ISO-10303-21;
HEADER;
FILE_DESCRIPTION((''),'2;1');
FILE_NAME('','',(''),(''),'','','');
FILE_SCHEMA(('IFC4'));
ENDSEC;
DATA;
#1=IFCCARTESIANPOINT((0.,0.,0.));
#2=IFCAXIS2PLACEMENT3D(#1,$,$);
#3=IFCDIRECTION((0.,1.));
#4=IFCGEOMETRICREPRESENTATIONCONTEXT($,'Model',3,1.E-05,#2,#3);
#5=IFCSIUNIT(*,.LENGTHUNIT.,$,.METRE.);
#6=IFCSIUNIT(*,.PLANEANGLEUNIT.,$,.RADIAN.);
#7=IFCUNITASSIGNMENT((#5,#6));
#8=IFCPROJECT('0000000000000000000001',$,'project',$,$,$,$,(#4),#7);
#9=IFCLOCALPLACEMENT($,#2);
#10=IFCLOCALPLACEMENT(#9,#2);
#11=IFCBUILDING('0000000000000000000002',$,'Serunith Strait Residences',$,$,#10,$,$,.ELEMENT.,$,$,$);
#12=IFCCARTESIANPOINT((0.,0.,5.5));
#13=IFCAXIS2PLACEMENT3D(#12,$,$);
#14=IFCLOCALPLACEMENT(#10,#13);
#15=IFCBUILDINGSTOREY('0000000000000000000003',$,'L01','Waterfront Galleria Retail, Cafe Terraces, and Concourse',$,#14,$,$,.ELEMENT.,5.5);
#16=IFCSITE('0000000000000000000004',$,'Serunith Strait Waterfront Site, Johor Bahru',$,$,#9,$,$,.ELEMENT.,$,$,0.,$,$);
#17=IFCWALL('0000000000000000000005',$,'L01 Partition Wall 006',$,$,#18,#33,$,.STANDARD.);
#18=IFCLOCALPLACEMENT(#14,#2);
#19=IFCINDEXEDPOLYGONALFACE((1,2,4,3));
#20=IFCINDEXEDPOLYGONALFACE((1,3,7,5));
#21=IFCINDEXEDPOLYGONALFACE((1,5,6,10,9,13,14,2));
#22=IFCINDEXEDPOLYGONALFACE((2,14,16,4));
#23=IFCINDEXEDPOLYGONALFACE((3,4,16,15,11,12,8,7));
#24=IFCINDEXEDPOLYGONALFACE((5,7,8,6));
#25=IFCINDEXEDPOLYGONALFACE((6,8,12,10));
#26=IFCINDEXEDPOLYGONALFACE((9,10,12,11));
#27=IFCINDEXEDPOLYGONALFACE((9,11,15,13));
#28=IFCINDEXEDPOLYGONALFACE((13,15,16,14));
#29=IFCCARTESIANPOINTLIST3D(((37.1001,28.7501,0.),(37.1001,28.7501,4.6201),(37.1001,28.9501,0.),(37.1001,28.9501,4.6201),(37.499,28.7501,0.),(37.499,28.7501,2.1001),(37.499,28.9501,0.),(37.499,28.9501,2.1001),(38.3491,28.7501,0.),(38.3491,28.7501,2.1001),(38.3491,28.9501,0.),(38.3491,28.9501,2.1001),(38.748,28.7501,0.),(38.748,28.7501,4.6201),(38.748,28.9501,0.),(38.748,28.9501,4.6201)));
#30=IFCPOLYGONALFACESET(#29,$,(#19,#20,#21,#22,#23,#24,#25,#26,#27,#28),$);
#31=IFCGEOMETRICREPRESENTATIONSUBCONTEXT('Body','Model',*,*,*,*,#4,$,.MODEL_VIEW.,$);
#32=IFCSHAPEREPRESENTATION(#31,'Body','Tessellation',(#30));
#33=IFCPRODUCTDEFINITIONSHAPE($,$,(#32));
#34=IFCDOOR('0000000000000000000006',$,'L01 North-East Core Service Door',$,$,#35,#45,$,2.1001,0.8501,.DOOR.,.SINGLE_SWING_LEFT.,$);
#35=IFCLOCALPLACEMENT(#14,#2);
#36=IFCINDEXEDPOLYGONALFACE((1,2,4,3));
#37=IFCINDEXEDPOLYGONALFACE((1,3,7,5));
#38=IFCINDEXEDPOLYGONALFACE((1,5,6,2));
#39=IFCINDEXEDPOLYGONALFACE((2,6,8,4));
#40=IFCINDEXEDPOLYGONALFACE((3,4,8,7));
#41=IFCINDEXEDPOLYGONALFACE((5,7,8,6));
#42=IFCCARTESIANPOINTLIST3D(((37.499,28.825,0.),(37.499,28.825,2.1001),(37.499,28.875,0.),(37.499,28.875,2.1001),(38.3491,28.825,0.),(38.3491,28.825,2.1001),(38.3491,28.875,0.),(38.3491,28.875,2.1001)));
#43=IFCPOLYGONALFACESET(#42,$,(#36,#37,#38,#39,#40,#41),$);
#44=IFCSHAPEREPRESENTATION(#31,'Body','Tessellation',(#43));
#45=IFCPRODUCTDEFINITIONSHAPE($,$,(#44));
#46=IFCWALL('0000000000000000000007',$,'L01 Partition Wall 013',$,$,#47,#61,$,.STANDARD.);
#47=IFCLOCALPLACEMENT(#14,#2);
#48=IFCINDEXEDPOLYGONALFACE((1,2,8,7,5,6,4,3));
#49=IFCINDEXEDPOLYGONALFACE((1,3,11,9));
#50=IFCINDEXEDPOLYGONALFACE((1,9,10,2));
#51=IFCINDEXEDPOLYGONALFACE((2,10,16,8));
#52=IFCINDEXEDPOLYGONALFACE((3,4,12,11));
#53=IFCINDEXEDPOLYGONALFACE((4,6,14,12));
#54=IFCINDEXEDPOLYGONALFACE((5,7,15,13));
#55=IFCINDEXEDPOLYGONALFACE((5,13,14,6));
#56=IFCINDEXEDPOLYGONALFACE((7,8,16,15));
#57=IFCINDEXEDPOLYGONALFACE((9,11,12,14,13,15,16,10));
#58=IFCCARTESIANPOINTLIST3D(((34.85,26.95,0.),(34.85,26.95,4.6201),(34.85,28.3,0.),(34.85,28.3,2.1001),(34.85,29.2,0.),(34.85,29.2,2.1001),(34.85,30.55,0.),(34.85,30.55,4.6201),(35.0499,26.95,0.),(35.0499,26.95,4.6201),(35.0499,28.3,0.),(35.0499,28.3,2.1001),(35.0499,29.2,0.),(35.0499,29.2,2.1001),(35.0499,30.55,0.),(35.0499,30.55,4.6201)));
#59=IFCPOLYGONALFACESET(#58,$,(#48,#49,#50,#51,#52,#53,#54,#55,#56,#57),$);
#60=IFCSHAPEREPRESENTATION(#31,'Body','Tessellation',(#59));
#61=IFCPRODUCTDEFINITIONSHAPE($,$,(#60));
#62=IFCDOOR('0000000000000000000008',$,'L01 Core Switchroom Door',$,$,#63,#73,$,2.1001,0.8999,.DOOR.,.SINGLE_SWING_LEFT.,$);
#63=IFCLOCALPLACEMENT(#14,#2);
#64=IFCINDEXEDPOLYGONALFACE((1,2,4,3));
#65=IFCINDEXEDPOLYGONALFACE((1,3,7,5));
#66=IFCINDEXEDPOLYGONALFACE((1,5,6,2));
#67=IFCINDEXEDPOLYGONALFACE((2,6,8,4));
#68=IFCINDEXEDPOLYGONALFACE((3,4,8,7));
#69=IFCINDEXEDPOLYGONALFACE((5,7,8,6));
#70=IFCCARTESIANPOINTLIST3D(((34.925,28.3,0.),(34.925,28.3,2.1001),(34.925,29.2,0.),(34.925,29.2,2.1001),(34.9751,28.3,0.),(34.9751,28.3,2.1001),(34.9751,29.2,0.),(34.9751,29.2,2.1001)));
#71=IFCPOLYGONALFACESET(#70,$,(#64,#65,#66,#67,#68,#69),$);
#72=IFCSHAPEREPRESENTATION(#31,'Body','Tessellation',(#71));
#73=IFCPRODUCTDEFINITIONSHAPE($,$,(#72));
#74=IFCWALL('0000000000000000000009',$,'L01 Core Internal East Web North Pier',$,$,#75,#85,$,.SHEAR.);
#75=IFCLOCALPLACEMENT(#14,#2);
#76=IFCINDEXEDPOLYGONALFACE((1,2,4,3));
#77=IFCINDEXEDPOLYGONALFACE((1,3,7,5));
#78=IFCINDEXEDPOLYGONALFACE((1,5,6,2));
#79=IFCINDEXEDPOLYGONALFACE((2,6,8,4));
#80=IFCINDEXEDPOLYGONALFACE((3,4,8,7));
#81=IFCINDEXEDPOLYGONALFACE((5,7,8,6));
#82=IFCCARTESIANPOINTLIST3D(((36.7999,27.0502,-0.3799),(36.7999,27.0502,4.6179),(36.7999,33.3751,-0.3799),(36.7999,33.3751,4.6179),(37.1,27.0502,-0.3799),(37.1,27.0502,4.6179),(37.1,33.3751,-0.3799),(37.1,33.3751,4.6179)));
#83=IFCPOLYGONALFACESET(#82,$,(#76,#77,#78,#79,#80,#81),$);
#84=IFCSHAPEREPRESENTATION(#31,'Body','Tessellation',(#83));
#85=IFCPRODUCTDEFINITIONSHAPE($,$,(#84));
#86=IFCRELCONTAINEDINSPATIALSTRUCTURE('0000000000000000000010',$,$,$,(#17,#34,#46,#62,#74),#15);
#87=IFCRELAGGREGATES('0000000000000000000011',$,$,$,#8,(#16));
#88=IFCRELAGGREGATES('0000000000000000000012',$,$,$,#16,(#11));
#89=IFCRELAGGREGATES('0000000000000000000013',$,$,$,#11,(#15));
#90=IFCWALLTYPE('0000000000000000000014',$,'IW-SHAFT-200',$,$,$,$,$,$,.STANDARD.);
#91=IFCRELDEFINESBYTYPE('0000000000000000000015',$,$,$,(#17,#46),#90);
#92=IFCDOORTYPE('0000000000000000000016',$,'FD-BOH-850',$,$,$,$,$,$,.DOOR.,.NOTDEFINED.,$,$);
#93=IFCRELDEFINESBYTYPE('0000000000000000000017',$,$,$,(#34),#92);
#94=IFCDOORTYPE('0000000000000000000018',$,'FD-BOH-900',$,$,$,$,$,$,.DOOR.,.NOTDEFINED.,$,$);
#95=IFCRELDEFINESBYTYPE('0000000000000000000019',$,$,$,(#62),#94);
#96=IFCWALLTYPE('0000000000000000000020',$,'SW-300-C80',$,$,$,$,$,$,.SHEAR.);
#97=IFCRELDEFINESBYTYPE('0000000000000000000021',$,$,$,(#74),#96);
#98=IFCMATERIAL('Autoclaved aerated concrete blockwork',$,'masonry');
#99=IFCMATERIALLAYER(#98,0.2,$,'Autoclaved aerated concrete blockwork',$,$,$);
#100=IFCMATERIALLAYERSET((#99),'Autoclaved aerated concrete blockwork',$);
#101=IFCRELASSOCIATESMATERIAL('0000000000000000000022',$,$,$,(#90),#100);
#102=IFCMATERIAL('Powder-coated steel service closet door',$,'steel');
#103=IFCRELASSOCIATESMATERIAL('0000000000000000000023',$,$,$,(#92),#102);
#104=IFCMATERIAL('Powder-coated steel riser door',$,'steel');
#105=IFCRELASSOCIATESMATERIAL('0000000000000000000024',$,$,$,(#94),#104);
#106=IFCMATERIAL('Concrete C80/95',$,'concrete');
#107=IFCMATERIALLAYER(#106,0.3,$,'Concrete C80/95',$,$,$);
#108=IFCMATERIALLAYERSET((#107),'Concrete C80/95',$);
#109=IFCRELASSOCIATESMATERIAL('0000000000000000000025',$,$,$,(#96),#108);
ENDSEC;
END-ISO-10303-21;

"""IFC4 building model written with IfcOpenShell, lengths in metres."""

from ifc_helpers import new_model, si_unit, direction, frame, frame_2d, origin, place, context, subcontext, project, spatial, rectangle, extrude, source, transform, mapped, material, layer, layer_set, type_object, element, fill, save


model = new_model("IFC4")

# Units and contexts
model_context = context("Model", 3, precision=1e-05, world=origin(), true_north=direction((0.0, 1.0)))
body_context = subcontext(model_context, "Body", "Model", "MODEL_VIEW")
ifc_project = project(units=[si_unit("LENGTHUNIT", "METRE"), si_unit("PLANEANGLEUNIT", "RADIAN")], contexts=[model_context])

# Site, building, storey
site_placement = place(None, origin())
site = spatial("IfcSite", under=ifc_project, at=site_placement, Name="Serunith Strait Waterfront Site, Johor Bahru", CompositionType="ELEMENT", RefElevation=0.0)
building_placement = place(site_placement, origin())
building = spatial("IfcBuilding", under=site, at=building_placement, Name="Serunith Strait Residences", CompositionType="ELEMENT")
storey_placement = place(building_placement, frame((0.0, 0.0, 5.5)))
storey = spatial("IfcBuildingStorey", under=building, at=storey_placement, Name="L01", Description="Waterfront Galleria Retail, Cafe Terraces, and Concourse", CompositionType="ELEMENT", Elevation=5.5)

# Shared definitions
ifc_material_1 = material(Name="Autoclaved aerated concrete blockwork", Category="masonry")
ifc_layer_1 = layer(ifc_material_1, 0.2, Name="Autoclaved aerated concrete blockwork")
ifc_layer_set_1 = layer_set([ifc_layer_1], Name="Autoclaved aerated concrete blockwork")
wall_type_1 = type_object("IfcWallType", Name="IW-SHAFT-200", PredefinedType="STANDARD", material=ifc_layer_set_1)

# Walls, openings, doors
wall_1_placement = place(storey_placement, frame((37.1001, 28.8501, 0.0), z_axis=(0.0, 0.0, 1.0), x_axis=(1.0, 0.0, 0.0)))
wall_1 = element("IfcWall", 1, at=wall_1_placement, inside=storey, type_object=wall_type_1, Name="L01 Partition Wall 006", PredefinedType="STANDARD", context=body_context, shape_type="SweptSolid", body=[
    extrude(rectangle(XDim=1.6479, YDim=0.2, at=frame_2d((0.824, 0.0))), origin(), (0.0, 0.0, 1.0), 4.6201),
])
opening_1_placement = place(wall_1_placement, frame((0.3989, 0.0, 0.0)))
opening_1 = element("IfcOpeningElement", 2, at=opening_1_placement, cuts=wall_1, PredefinedType="OPENING", context=body_context, shape_type="SweptSolid", body=[
    extrude(rectangle(XDim=0.8501, YDim=2.1001, at=frame_2d((0.425, 1.05))), frame((0.0, 0.1099, 0.0), z_axis=(0.0, -1.0, 0.0), x_axis=(1.0, 0.0, 0.0)), (0.0, 0.0, 1.0), 0.22),
])
ifc_material_2 = material(Name="Powder-coated steel service closet door", Category="steel")
door_type_1 = type_object("IfcDoorType", Name="FD-BOH-850", OperationType="NOTDEFINED", PredefinedType="DOOR", material=ifc_material_2)
shared_shape_1 = source(origin(), body_context, "Body", "SweptSolid", [
    extrude(rectangle(XDim=0.8501, YDim=2.1001, at=frame_2d((0.425, 1.05))), frame((0.0, 0.0249, 0.0), z_axis=(0.0, -1.0, 0.0), x_axis=(1.0, 0.0, 0.0)), (0.0, 0.0, 1.0), 0.05),
])
door_1_placement = place(opening_1_placement, origin())
door_1 = element("IfcDoor", 3, at=door_1_placement, inside=storey, type_object=door_type_1, Name="L01 North-East Core Service Door", OperationType="SINGLE_SWING_LEFT", OverallHeight=2.1001, OverallWidth=0.8501, PredefinedType="DOOR", context=body_context, shape_type="MappedRepresentation", body=[
    mapped(shared_shape_1, transform((0.0, 0.0, 0.0), scale=1.0)),
])
fill(opening_1, door_1)
wall_2_placement = place(storey_placement, frame((34.95, 26.95, 0.0), z_axis=(0.0, 0.0, 1.0), x_axis=(0.0, 1.0, 0.0)))
wall_2 = element("IfcWall", 4, at=wall_2_placement, inside=storey, type_object=wall_type_1, Name="L01 Partition Wall 013", PredefinedType="STANDARD", context=body_context, shape_type="SweptSolid", body=[
    extrude(rectangle(XDim=3.6001, YDim=0.2, at=frame_2d((1.8, 0.0))), origin(), (0.0, 0.0, 1.0), 4.6201),
])
opening_2_placement = place(wall_2_placement, frame((1.3501, 0.0, 0.0)))
opening_2 = element("IfcOpeningElement", 5, at=opening_2_placement, cuts=wall_2, PredefinedType="OPENING", context=body_context, shape_type="SweptSolid", body=[
    extrude(rectangle(XDim=0.8999, YDim=2.1001, at=frame_2d((0.45, 1.05))), frame((0.0, 0.1099, 0.0), z_axis=(0.0, -1.0, 0.0), x_axis=(1.0, 0.0, 0.0)), (0.0, 0.0, 1.0), 0.22),
])
ifc_material_3 = material(Name="Powder-coated steel riser door", Category="steel")
door_type_2 = type_object("IfcDoorType", Name="FD-BOH-900", OperationType="NOTDEFINED", PredefinedType="DOOR", material=ifc_material_3)
shared_shape_2 = source(origin(), body_context, "Body", "SweptSolid", [
    extrude(rectangle(XDim=0.8999, YDim=2.1001, at=frame_2d((0.45, 1.05))), frame((0.0, 0.0249, 0.0), z_axis=(0.0, -1.0, 0.0), x_axis=(1.0, 0.0, 0.0)), (0.0, 0.0, 1.0), 0.05),
])
door_2_placement = place(opening_2_placement, origin())
door_2 = element("IfcDoor", 6, at=door_2_placement, inside=storey, type_object=door_type_2, Name="L01 Core Switchroom Door", OperationType="SINGLE_SWING_LEFT", OverallHeight=2.1001, OverallWidth=0.8999, PredefinedType="DOOR", context=body_context, shape_type="MappedRepresentation", body=[
    mapped(shared_shape_2, transform((0.0, 0.0, 0.0), scale=1.0)),
])
fill(opening_2, door_2)

# Wall
ifc_material_4 = material(Name="Concrete C80/95", Category="concrete")
ifc_layer_2 = layer(ifc_material_4, 0.3, Name="Concrete C80/95")
ifc_layer_set_2 = layer_set([ifc_layer_2], Name="Concrete C80/95")
wall_type_2 = type_object("IfcWallType", Name="SW-300-C80", PredefinedType="SHEAR", material=ifc_layer_set_2)
wall_3_placement = place(storey_placement, frame((36.95, 27.05, -0.3799), z_axis=(0.0, 0.0, 1.0), x_axis=(0.0, 1.0, 0.0)))
element("IfcWall", 7, at=wall_3_placement, inside=storey, type_object=wall_type_2, Name="L01 Core Internal East Web North Pier", PredefinedType="SHEAR", context=body_context, shape_type="SweptSolid", body=[
    extrude(rectangle(XDim=6.325, YDim=0.3, at=frame_2d((3.1626, 0.0))), origin(), (0.0, 0.0, 1.0), 4.9978),
])

save(model, "model.ifc")
